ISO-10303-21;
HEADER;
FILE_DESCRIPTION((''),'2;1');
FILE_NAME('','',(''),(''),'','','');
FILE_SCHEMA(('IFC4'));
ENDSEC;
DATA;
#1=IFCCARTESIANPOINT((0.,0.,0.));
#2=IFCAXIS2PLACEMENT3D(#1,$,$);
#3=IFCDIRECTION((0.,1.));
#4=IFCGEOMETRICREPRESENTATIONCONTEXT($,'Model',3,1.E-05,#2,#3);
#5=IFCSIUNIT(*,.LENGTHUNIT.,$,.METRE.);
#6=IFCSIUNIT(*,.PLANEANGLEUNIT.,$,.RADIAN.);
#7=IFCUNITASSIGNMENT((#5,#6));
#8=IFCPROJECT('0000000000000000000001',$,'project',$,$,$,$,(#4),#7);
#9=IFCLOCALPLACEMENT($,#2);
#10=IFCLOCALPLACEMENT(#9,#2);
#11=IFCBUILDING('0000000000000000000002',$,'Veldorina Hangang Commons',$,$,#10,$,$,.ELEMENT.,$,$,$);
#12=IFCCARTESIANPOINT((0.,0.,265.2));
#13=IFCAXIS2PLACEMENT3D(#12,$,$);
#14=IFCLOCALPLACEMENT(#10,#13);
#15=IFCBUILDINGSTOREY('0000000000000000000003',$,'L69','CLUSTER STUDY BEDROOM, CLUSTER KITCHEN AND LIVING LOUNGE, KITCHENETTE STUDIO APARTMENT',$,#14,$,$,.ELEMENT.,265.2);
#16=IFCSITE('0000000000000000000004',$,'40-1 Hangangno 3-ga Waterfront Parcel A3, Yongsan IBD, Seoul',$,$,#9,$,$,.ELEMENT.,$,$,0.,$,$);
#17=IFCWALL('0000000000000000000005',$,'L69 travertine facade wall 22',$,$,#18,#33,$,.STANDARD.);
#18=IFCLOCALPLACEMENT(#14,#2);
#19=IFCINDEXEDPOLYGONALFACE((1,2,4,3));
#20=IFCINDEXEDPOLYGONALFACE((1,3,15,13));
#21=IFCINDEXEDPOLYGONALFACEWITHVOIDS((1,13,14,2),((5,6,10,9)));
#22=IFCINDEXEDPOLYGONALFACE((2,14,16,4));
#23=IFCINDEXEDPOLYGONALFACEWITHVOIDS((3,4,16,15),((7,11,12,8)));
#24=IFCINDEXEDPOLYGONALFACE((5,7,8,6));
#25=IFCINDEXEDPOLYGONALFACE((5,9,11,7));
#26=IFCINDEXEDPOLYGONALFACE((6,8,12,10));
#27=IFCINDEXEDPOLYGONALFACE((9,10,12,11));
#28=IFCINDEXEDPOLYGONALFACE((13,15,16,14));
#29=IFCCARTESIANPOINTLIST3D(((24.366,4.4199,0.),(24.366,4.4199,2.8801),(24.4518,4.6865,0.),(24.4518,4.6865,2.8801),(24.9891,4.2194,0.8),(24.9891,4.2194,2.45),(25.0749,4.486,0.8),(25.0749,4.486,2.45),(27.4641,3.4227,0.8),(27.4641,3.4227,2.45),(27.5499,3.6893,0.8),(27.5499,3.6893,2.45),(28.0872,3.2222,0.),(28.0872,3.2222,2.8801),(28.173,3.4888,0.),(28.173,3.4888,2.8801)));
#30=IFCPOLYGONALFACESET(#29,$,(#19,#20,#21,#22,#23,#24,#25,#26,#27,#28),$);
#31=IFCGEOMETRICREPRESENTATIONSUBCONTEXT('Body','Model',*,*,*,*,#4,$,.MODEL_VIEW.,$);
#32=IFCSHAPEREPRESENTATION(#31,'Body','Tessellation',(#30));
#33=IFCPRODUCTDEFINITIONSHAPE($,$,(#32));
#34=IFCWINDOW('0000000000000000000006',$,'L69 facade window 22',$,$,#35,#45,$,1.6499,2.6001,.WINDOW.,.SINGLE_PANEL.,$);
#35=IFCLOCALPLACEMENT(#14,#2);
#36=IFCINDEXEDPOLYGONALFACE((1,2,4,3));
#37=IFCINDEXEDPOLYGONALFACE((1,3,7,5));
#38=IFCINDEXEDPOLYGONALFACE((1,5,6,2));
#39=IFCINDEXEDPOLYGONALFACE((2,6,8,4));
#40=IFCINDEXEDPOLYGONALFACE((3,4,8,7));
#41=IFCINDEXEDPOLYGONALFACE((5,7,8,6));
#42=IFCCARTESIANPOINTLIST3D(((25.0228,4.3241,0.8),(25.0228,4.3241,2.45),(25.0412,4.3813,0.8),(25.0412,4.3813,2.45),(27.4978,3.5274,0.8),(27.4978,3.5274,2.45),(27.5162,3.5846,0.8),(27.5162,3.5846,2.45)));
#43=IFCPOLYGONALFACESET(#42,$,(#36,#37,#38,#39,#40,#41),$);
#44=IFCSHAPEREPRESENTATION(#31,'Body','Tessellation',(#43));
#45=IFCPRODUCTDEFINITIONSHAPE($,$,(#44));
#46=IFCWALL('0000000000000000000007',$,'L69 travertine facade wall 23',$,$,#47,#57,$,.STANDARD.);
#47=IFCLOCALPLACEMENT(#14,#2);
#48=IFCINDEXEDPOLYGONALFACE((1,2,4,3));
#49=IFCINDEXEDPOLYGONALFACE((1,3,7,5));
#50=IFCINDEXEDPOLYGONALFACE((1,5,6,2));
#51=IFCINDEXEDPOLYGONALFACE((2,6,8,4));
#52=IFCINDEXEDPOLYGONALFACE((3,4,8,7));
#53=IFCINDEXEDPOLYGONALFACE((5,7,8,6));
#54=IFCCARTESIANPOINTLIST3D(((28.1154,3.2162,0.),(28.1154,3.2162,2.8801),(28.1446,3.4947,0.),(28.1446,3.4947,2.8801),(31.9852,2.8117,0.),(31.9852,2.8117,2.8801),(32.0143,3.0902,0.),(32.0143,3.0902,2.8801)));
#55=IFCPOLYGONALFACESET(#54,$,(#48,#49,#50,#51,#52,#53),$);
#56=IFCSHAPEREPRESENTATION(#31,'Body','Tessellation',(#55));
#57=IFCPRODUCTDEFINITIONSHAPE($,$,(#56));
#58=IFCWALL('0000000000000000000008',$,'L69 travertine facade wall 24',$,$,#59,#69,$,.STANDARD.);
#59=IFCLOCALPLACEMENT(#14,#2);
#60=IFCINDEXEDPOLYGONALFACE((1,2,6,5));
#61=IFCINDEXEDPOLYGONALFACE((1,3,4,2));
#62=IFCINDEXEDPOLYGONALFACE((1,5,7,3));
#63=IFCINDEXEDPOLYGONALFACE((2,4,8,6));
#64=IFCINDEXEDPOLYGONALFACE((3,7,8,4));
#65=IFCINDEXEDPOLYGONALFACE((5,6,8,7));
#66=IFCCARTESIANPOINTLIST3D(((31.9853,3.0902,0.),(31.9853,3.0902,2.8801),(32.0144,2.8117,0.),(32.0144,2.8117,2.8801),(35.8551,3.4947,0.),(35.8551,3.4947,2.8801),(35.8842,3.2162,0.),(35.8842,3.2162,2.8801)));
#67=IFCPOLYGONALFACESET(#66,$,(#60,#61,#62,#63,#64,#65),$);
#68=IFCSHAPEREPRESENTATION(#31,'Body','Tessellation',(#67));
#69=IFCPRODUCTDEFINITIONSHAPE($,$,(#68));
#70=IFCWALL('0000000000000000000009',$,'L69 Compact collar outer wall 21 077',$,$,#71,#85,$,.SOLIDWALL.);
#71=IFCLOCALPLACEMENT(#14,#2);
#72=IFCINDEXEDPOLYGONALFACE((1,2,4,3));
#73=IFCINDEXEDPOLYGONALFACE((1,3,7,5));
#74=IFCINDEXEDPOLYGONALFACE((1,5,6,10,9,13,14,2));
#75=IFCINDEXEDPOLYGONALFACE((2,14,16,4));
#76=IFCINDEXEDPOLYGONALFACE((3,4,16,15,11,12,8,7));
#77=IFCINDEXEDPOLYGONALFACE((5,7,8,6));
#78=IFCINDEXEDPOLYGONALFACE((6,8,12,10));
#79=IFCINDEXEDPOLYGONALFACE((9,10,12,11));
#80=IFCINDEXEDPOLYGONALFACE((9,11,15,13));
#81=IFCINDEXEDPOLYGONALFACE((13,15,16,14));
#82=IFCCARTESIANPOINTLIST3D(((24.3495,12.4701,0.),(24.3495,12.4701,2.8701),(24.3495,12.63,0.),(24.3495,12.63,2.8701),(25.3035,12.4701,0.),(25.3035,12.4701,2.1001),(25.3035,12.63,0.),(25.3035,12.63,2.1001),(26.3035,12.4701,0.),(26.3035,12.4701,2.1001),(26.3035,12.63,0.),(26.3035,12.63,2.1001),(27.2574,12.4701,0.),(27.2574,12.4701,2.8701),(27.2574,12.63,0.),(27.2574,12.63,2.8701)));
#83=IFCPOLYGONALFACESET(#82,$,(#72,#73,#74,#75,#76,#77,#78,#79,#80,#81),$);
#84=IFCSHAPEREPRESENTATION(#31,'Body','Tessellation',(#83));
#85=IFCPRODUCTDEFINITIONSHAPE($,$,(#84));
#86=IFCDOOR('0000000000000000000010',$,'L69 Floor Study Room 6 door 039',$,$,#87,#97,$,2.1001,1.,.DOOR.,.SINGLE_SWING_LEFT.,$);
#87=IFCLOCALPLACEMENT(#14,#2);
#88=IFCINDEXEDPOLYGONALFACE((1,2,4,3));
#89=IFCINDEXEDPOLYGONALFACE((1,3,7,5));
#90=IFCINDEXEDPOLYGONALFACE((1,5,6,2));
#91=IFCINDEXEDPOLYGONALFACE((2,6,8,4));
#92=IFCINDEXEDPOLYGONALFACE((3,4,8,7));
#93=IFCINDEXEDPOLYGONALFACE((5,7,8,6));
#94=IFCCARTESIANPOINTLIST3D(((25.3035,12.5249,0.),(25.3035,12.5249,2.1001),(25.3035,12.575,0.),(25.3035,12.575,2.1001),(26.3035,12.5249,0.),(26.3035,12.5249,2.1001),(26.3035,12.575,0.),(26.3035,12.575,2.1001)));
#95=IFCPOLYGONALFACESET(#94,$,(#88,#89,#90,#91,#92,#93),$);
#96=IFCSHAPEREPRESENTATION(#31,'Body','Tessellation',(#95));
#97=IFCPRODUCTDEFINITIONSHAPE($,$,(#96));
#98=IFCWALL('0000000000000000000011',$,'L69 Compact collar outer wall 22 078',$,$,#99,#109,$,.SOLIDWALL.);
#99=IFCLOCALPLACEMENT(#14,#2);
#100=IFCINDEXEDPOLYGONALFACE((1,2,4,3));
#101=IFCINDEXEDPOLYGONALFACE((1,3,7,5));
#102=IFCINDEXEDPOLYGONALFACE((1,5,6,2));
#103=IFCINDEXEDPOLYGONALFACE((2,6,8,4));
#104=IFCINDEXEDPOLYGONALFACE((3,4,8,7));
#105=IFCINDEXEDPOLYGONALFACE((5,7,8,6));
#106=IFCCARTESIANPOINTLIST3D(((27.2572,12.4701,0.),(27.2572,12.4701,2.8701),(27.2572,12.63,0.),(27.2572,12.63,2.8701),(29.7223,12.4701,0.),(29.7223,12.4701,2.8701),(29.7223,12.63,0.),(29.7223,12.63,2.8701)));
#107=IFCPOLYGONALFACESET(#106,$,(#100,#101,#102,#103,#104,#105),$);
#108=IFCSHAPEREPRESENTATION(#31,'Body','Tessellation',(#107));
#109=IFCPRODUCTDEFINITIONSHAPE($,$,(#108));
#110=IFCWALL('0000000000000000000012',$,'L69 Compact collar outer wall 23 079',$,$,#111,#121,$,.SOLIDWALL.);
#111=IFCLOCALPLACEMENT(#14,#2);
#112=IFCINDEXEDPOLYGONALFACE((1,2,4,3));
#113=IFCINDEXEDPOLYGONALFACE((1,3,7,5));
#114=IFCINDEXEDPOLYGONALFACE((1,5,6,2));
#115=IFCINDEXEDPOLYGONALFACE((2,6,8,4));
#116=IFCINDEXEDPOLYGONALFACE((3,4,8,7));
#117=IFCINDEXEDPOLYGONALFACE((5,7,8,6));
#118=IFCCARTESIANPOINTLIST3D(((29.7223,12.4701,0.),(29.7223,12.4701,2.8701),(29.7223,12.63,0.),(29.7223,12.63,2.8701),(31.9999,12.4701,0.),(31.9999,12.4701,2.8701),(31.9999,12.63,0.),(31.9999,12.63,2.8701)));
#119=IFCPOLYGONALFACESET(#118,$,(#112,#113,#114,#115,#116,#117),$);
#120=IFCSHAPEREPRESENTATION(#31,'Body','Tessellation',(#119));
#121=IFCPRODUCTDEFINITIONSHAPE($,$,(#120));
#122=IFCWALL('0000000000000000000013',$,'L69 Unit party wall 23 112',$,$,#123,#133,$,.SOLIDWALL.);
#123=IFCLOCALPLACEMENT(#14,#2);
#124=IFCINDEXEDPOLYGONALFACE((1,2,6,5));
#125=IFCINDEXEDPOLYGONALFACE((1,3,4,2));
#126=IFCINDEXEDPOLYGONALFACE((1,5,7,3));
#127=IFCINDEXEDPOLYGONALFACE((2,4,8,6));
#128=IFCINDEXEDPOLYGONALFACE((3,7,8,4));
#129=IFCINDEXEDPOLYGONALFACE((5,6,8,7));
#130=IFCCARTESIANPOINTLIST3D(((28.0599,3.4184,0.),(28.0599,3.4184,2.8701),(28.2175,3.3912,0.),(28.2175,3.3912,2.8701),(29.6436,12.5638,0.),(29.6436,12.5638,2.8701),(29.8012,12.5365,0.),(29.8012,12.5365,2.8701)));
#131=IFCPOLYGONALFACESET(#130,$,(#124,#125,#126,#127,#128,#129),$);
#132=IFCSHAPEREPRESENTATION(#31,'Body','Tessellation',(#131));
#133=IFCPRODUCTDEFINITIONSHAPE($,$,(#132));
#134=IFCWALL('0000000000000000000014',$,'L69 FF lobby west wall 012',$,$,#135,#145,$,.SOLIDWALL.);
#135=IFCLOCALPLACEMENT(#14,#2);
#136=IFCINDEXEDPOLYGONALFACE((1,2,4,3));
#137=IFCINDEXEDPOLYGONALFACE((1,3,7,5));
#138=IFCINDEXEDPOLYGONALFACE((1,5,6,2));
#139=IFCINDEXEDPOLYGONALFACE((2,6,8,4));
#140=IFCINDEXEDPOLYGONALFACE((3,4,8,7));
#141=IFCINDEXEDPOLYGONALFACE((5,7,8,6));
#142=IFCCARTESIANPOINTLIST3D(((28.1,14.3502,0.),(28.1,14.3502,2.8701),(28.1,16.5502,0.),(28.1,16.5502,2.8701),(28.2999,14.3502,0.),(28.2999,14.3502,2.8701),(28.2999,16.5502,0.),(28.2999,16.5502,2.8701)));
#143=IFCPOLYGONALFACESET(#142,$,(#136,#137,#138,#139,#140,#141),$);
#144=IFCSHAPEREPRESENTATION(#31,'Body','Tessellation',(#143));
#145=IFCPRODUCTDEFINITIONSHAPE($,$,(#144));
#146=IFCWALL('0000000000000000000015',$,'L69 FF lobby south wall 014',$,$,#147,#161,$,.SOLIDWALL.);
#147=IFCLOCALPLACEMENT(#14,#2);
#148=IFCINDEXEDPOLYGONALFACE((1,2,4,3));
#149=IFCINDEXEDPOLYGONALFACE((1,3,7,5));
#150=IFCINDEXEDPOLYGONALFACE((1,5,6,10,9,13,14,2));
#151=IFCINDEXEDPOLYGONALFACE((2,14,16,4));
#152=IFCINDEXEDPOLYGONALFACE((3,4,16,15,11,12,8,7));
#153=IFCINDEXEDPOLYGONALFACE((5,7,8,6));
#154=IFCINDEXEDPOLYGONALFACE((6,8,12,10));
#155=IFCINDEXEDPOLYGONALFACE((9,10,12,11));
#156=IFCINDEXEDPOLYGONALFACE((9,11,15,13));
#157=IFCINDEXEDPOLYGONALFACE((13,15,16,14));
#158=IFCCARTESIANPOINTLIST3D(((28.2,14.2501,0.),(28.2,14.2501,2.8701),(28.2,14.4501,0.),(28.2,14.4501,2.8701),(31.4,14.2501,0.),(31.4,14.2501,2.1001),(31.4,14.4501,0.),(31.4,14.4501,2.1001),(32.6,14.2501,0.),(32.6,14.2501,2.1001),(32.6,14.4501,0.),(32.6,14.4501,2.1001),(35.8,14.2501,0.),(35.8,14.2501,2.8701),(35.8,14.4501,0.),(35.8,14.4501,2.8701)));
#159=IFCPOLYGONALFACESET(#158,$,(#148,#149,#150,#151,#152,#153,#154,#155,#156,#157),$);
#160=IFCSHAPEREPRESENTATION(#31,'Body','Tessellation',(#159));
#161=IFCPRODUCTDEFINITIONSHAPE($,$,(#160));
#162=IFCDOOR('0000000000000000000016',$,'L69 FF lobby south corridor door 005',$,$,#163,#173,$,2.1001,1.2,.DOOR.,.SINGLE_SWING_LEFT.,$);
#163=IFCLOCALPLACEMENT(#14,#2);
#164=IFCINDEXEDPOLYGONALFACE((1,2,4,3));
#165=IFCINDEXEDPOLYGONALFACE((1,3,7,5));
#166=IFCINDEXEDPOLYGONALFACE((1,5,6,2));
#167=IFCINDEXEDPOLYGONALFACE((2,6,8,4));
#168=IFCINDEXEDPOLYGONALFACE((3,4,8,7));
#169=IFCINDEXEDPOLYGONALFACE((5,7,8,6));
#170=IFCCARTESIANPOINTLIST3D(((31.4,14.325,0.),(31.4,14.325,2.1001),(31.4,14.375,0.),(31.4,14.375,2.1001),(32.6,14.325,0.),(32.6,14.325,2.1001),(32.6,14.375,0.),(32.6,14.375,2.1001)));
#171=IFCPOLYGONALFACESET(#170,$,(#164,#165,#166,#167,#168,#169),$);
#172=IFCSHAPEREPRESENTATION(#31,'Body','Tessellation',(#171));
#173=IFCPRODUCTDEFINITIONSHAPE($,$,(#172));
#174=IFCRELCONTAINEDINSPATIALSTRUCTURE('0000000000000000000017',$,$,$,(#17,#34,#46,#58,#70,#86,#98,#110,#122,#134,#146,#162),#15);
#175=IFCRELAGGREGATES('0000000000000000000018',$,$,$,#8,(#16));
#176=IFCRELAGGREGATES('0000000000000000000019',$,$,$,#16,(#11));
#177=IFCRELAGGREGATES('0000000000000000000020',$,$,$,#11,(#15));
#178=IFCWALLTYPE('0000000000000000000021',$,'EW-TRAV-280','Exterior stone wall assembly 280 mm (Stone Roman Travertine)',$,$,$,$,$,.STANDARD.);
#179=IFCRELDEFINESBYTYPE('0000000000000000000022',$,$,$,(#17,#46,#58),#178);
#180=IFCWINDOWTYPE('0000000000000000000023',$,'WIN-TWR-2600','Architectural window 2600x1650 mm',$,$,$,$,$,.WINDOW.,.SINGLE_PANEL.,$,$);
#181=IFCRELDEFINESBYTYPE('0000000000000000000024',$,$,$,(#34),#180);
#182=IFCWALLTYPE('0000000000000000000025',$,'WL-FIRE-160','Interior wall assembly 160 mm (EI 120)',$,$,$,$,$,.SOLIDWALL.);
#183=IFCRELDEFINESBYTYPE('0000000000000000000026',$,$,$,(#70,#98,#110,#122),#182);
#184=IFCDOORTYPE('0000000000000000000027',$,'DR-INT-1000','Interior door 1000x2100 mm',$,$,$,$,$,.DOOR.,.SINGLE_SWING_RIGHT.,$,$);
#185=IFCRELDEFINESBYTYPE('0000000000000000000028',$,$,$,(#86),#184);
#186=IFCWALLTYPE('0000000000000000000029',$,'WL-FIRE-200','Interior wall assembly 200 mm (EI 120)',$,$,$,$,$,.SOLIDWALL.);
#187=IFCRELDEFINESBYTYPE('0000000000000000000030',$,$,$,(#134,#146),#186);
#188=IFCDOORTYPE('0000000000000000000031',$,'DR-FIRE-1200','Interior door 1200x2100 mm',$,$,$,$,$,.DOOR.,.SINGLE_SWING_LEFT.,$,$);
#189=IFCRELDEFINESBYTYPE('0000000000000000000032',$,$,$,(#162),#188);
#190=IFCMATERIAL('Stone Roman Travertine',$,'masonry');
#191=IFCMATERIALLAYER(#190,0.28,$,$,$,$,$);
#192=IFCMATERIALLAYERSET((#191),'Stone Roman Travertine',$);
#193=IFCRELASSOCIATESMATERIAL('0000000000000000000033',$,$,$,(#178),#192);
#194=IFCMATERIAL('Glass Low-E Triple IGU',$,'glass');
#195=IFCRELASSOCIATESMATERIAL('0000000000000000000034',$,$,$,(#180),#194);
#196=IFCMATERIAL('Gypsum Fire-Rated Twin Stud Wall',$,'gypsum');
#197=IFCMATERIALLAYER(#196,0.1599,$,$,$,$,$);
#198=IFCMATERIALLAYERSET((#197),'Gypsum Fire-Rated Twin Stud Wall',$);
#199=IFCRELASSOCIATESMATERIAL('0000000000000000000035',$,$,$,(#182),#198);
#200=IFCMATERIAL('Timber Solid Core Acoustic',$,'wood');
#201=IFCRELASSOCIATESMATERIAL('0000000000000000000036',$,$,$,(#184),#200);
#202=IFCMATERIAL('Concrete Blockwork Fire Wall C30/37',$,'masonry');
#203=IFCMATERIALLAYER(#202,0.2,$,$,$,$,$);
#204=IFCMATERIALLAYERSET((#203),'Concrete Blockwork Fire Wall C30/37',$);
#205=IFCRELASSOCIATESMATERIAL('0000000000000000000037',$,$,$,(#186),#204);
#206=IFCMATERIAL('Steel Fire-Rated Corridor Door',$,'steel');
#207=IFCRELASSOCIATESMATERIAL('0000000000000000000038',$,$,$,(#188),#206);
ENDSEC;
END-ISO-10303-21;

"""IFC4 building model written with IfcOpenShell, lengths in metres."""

from ifc_helpers import new_model, si_unit, direction, frame, frame_2d, origin, place, context, subcontext, project, spatial, rectangle, extrude, material, layer, layer_set, type_object, element, fill, save


model = new_model("IFC4")

# Units and contexts
model_context = context("Model", 3, precision=1e-05, world=origin(), true_north=direction((0.0, 1.0)))
body_context = subcontext(model_context, "Body", "Model", "MODEL_VIEW")
ifc_project = project(units=[si_unit("LENGTHUNIT", "METRE"), si_unit("PLANEANGLEUNIT", "RADIAN")], contexts=[model_context])

# Site, building, storey
site_placement = place(None, origin())
site = spatial("IfcSite", under=ifc_project, at=site_placement, Name="40-1 Hangangno 3-ga Waterfront Parcel A3, Yongsan IBD, Seoul", CompositionType="ELEMENT", RefElevation=0.0)
building_placement = place(site_placement, origin())
building = spatial("IfcBuilding", under=site, at=building_placement, Name="Veldorina Hangang Commons", CompositionType="ELEMENT")
storey_placement = place(building_placement, frame((0.0, 0.0, 265.2)))
storey = spatial("IfcBuildingStorey", under=building, at=storey_placement, Name="L69", Description="CLUSTER STUDY BEDROOM, CLUSTER KITCHEN AND LIVING LOUNGE, KITCHENETTE STUDIO APARTMENT", CompositionType="ELEMENT", Elevation=265.2)

# Wall, opening, window
ifc_material_1 = material(Name="Stone Roman Travertine", Category="masonry")
ifc_layer_1 = layer(ifc_material_1, 0.28)
ifc_layer_set_1 = layer_set([ifc_layer_1], Name="Stone Roman Travertine")
wall_type_1 = type_object("IfcWallType", Name="EW-TRAV-280", Description="Exterior stone wall assembly 280 mm (Stone Roman Travertine)", PredefinedType="STANDARD", material=ifc_layer_set_1)
wall_1_placement = place(storey_placement, frame((24.4089, 4.5532, 0.0), z_axis=(0.0, 0.0, 1.0), x_axis=(0.951905, -0.306393, 0.0)))
wall_1 = element("IfcWall", 1, at=wall_1_placement, inside=storey, type_object=wall_type_1, Name="L69 travertine facade wall 22", PredefinedType="STANDARD", context=body_context, shape_type="SweptSolid", body=[
    extrude(rectangle(XDim=3.9092, YDim=0.28, at=frame_2d((1.9546, 0.0))), origin(), (0.0, 0.0, 1.0), 2.8801),
])
opening_1_placement = place(wall_1_placement, frame((0.6545, 0.0, 0.8)))
opening_1 = element("IfcOpeningElement", 2, at=opening_1_placement, cuts=wall_1, PredefinedType="OPENING", context=body_context, shape_type="SweptSolid", body=[
    extrude(rectangle(XDim=2.6001, YDim=1.6499, at=frame_2d((1.3, 0.825))), frame((0.0, 0.1499, 0.0), z_axis=(0.0, -1.0, 0.0), x_axis=(1.0, 0.0, 0.0)), (0.0, 0.0, 1.0), 0.3),
])
ifc_material_2 = material(Name="Glass Low-E Triple IGU", Category="glass")
window_type = type_object("IfcWindowType", Name="WIN-TWR-2600", Description="Architectural window 2600x1650 mm", PartitioningType="SINGLE_PANEL", PredefinedType="WINDOW", material=ifc_material_2)
window_placement = place(opening_1_placement, origin())
window = element("IfcWindow", 3, at=window_placement, inside=storey, type_object=window_type, Name="L69 facade window 22", OverallHeight=1.6499, OverallWidth=2.6001, PartitioningType="SINGLE_PANEL", PredefinedType="WINDOW", context=body_context, shape_type="SweptSolid", body=[
    extrude(rectangle(XDim=2.6001, YDim=1.6499, at=frame_2d((1.3, 0.825))), frame((0.0, 0.03, 0.0), z_axis=(0.0, -1.0, 0.0), x_axis=(1.0, 0.0, 0.0)), (0.0, 0.0, 1.0), 0.0601),
])
fill(opening_1, window)

# Walls
for number, where, z_axis, x_axis, name in (
    (4, (28.1301, 3.3555, 0.0), (0.0, 0.0, 1.0), (0.99458, -0.103969, 0.0), "L69 travertine facade wall 23"),
    (5, (32.0, 2.9509, 0.0), (0.0, 0.0, 1.0), (0.99458, 0.103969, 0.0), "L69 travertine facade wall 24"),
):
    element("IfcWall", number, at=place(storey_placement, frame(where, z_axis=z_axis, x_axis=x_axis)), inside=storey, type_object=wall_type_1, Name=name, PredefinedType="STANDARD", context=body_context, shape_type="SweptSolid", body=[
        extrude(rectangle(XDim=3.8909, YDim=0.28, at=frame_2d((1.9453, 0.0))), origin(), (0.0, 0.0, 1.0), 2.8801),
    ])

# Wall, opening, door
ifc_material_3 = material(Name="Gypsum Fire-Rated Twin Stud Wall", Category="gypsum")
ifc_layer_2 = layer(ifc_material_3, 0.1599)
ifc_layer_set_2 = layer_set([ifc_layer_2], Name="Gypsum Fire-Rated Twin Stud Wall")
wall_type_2 = type_object("IfcWallType", Name="WL-FIRE-160", Description="Interior wall assembly 160 mm (EI 120)", PredefinedType="SOLIDWALL", material=ifc_layer_set_2)
wall_2_placement = place(storey_placement, frame((24.3494, 12.55, 0.0), z_axis=(0.0, 0.0, 1.0), x_axis=(1.0, 0.0, 0.0)))
wall_2 = element("IfcWall", 6, at=wall_2_placement, inside=storey, type_object=wall_type_2, Name="L69 Compact collar outer wall 21 077", PredefinedType="SOLIDWALL", context=body_context, shape_type="SweptSolid", body=[
    extrude(rectangle(XDim=2.908, YDim=0.1599, at=frame_2d((1.4541, 0.0))), origin(), (0.0, 0.0, 1.0), 2.8701),
])
opening_2_placement = place(wall_2_placement, frame((0.9541, 0.0, 0.0)))
opening_2 = element("IfcOpeningElement", 7, at=opening_2_placement, cuts=wall_2, PredefinedType="OPENING", context=body_context, shape_type="SweptSolid", body=[
    extrude(rectangle(XDim=1.0, YDim=2.1001, at=frame_2d((0.5, 1.05))), frame((0.0, 0.0898, 0.0), z_axis=(0.0, -1.0, 0.0), x_axis=(1.0, 0.0, 0.0)), (0.0, 0.0, 1.0), 0.1799),
])
ifc_material_4 = material(Name="Timber Solid Core Acoustic", Category="wood")
door_type_1 = type_object("IfcDoorType", Name="DR-INT-1000", Description="Interior door 1000x2100 mm", OperationType="SINGLE_SWING_RIGHT", PredefinedType="DOOR", material=ifc_material_4)
door_1_placement = place(opening_2_placement, origin())
door_1 = element("IfcDoor", 8, at=door_1_placement, inside=storey, type_object=door_type_1, Name="L69 Floor Study Room 6 door 039", OperationType="SINGLE_SWING_LEFT", OverallHeight=2.1001, OverallWidth=1.0, PredefinedType="DOOR", context=body_context, shape_type="SweptSolid", body=[
    extrude(rectangle(XDim=1.0, YDim=2.1001, at=frame_2d((0.5, 1.05))), frame((0.0, 0.0249, 0.0), z_axis=(0.0, -1.0, 0.0), x_axis=(1.0, 0.0, 0.0)), (0.0, 0.0, 1.0), 0.05),
])
fill(opening_2, door_1)

# Walls
wall_3_placement = place(storey_placement, frame((27.2573, 12.55, 0.0), z_axis=(0.0, 0.0, 1.0), x_axis=(1.0, 0.0, 0.0)))
element("IfcWall", 9, at=wall_3_placement, inside=storey, type_object=wall_type_2, Name="L69 Compact collar outer wall 22 078", PredefinedType="SOLIDWALL", context=body_context, shape_type="SweptSolid", body=[
    extrude(rectangle(XDim=2.4651, YDim=0.1599, at=frame_2d((1.2324, 0.0))), origin(), (0.0, 0.0, 1.0), 2.8701),
])
wall_4_placement = place(storey_placement, frame((29.7224, 12.55, 0.0), z_axis=(0.0, 0.0, 1.0), x_axis=(1.0, 0.0, 0.0)))
element("IfcWall", 10, at=wall_4_placement, inside=storey, type_object=wall_type_2, Name="L69 Compact collar outer wall 23 079", PredefinedType="SOLIDWALL", context=body_context, shape_type="SweptSolid", body=[
    extrude(rectangle(XDim=2.2776, YDim=0.1599, at=frame_2d((1.1387, 0.0))), origin(), (0.0, 0.0, 1.0), 2.8701),
])
wall_5_placement = place(storey_placement, frame((29.7224, 12.55, 0.0), z_axis=(0.0, 0.0, 1.0), x_axis=(-0.170636, -0.985334, 0.0)))
element("IfcWall", 11, at=wall_5_placement, inside=storey, type_object=wall_type_2, Name="L69 Unit party wall 23 112", PredefinedType="SOLIDWALL", context=body_context, shape_type="SweptSolid", body=[
    extrude(rectangle(XDim=9.2815, YDim=0.1599, at=frame_2d((4.6406, 0.0))), origin(), (0.0, 0.0, 1.0), 2.8701),
])
ifc_material_5 = material(Name="Concrete Blockwork Fire Wall C30/37", Category="masonry")
ifc_layer_3 = layer(ifc_material_5, 0.2)
ifc_layer_set_3 = layer_set([ifc_layer_3], Name="Concrete Blockwork Fire Wall C30/37")
wall_type_3 = type_object("IfcWallType", Name="WL-FIRE-200", Description="Interior wall assembly 200 mm (EI 120)", PredefinedType="SOLIDWALL", material=ifc_layer_set_3)
wall_6_placement = place(storey_placement, frame((28.2, 14.3501, 0.0), z_axis=(0.0, 0.0, 1.0), x_axis=(0.0, 1.0, 0.0)))
element("IfcWall", 12, at=wall_6_placement, inside=storey, type_object=wall_type_3, Name="L69 FF lobby west wall 012", PredefinedType="SOLIDWALL", context=body_context, shape_type="SweptSolid", body=[
    extrude(rectangle(XDim=2.2, YDim=0.2, at=frame_2d((1.1001, 0.0))), origin(), (0.0, 0.0, 1.0), 2.8701),
])

# Wall, opening, door
wall_7_placement = place(storey_placement, frame((28.2, 14.3501, 0.0), z_axis=(0.0, 0.0, 1.0), x_axis=(1.0, 0.0, 0.0)))
wall_7 = element("IfcWall", 13, at=wall_7_placement, inside=storey, type_object=wall_type_3, Name="L69 FF lobby south wall 014", PredefinedType="SOLIDWALL", context=body_context, shape_type="SweptSolid", body=[
    extrude(rectangle(XDim=7.6001, YDim=0.2, at=frame_2d((3.8, 0.0))), origin(), (0.0, 0.0, 1.0), 2.8701),
])
opening_3_placement = place(wall_7_placement, frame((3.2, 0.0, 0.0)))
opening_3 = element("IfcOpeningElement", 14, at=opening_3_placement, cuts=wall_7, PredefinedType="OPENING", context=body_context, shape_type="SweptSolid", body=[
    extrude(rectangle(XDim=1.2, YDim=2.1001, at=frame_2d((0.6001, 1.05))), frame((0.0, 0.1099, 0.0), z_axis=(0.0, -1.0, 0.0), x_axis=(1.0, 0.0, 0.0)), (0.0, 0.0, 1.0), 0.22),
])
ifc_material_6 = material(Name="Steel Fire-Rated Corridor Door", Category="steel")
door_type_2 = type_object("IfcDoorType", Name="DR-FIRE-1200", Description="Interior door 1200x2100 mm", OperationType="SINGLE_SWING_LEFT", PredefinedType="DOOR", material=ifc_material_6)
door_2_placement = place(opening_3_placement, origin())
door_2 = element("IfcDoor", 15, at=door_2_placement, inside=storey, type_object=door_type_2, Name="L69 FF lobby south corridor door 005", OperationType="SINGLE_SWING_LEFT", OverallHeight=2.1001, OverallWidth=1.2, PredefinedType="DOOR", context=body_context, shape_type="SweptSolid", body=[
    extrude(rectangle(XDim=1.2, YDim=2.1001, at=frame_2d((0.6001, 1.05))), frame((0.0, 0.0249, 0.0), z_axis=(0.0, -1.0, 0.0), x_axis=(1.0, 0.0, 0.0)), (0.0, 0.0, 1.0), 0.05),
])
fill(opening_3, door_2)

save(model, "model.ifc")
